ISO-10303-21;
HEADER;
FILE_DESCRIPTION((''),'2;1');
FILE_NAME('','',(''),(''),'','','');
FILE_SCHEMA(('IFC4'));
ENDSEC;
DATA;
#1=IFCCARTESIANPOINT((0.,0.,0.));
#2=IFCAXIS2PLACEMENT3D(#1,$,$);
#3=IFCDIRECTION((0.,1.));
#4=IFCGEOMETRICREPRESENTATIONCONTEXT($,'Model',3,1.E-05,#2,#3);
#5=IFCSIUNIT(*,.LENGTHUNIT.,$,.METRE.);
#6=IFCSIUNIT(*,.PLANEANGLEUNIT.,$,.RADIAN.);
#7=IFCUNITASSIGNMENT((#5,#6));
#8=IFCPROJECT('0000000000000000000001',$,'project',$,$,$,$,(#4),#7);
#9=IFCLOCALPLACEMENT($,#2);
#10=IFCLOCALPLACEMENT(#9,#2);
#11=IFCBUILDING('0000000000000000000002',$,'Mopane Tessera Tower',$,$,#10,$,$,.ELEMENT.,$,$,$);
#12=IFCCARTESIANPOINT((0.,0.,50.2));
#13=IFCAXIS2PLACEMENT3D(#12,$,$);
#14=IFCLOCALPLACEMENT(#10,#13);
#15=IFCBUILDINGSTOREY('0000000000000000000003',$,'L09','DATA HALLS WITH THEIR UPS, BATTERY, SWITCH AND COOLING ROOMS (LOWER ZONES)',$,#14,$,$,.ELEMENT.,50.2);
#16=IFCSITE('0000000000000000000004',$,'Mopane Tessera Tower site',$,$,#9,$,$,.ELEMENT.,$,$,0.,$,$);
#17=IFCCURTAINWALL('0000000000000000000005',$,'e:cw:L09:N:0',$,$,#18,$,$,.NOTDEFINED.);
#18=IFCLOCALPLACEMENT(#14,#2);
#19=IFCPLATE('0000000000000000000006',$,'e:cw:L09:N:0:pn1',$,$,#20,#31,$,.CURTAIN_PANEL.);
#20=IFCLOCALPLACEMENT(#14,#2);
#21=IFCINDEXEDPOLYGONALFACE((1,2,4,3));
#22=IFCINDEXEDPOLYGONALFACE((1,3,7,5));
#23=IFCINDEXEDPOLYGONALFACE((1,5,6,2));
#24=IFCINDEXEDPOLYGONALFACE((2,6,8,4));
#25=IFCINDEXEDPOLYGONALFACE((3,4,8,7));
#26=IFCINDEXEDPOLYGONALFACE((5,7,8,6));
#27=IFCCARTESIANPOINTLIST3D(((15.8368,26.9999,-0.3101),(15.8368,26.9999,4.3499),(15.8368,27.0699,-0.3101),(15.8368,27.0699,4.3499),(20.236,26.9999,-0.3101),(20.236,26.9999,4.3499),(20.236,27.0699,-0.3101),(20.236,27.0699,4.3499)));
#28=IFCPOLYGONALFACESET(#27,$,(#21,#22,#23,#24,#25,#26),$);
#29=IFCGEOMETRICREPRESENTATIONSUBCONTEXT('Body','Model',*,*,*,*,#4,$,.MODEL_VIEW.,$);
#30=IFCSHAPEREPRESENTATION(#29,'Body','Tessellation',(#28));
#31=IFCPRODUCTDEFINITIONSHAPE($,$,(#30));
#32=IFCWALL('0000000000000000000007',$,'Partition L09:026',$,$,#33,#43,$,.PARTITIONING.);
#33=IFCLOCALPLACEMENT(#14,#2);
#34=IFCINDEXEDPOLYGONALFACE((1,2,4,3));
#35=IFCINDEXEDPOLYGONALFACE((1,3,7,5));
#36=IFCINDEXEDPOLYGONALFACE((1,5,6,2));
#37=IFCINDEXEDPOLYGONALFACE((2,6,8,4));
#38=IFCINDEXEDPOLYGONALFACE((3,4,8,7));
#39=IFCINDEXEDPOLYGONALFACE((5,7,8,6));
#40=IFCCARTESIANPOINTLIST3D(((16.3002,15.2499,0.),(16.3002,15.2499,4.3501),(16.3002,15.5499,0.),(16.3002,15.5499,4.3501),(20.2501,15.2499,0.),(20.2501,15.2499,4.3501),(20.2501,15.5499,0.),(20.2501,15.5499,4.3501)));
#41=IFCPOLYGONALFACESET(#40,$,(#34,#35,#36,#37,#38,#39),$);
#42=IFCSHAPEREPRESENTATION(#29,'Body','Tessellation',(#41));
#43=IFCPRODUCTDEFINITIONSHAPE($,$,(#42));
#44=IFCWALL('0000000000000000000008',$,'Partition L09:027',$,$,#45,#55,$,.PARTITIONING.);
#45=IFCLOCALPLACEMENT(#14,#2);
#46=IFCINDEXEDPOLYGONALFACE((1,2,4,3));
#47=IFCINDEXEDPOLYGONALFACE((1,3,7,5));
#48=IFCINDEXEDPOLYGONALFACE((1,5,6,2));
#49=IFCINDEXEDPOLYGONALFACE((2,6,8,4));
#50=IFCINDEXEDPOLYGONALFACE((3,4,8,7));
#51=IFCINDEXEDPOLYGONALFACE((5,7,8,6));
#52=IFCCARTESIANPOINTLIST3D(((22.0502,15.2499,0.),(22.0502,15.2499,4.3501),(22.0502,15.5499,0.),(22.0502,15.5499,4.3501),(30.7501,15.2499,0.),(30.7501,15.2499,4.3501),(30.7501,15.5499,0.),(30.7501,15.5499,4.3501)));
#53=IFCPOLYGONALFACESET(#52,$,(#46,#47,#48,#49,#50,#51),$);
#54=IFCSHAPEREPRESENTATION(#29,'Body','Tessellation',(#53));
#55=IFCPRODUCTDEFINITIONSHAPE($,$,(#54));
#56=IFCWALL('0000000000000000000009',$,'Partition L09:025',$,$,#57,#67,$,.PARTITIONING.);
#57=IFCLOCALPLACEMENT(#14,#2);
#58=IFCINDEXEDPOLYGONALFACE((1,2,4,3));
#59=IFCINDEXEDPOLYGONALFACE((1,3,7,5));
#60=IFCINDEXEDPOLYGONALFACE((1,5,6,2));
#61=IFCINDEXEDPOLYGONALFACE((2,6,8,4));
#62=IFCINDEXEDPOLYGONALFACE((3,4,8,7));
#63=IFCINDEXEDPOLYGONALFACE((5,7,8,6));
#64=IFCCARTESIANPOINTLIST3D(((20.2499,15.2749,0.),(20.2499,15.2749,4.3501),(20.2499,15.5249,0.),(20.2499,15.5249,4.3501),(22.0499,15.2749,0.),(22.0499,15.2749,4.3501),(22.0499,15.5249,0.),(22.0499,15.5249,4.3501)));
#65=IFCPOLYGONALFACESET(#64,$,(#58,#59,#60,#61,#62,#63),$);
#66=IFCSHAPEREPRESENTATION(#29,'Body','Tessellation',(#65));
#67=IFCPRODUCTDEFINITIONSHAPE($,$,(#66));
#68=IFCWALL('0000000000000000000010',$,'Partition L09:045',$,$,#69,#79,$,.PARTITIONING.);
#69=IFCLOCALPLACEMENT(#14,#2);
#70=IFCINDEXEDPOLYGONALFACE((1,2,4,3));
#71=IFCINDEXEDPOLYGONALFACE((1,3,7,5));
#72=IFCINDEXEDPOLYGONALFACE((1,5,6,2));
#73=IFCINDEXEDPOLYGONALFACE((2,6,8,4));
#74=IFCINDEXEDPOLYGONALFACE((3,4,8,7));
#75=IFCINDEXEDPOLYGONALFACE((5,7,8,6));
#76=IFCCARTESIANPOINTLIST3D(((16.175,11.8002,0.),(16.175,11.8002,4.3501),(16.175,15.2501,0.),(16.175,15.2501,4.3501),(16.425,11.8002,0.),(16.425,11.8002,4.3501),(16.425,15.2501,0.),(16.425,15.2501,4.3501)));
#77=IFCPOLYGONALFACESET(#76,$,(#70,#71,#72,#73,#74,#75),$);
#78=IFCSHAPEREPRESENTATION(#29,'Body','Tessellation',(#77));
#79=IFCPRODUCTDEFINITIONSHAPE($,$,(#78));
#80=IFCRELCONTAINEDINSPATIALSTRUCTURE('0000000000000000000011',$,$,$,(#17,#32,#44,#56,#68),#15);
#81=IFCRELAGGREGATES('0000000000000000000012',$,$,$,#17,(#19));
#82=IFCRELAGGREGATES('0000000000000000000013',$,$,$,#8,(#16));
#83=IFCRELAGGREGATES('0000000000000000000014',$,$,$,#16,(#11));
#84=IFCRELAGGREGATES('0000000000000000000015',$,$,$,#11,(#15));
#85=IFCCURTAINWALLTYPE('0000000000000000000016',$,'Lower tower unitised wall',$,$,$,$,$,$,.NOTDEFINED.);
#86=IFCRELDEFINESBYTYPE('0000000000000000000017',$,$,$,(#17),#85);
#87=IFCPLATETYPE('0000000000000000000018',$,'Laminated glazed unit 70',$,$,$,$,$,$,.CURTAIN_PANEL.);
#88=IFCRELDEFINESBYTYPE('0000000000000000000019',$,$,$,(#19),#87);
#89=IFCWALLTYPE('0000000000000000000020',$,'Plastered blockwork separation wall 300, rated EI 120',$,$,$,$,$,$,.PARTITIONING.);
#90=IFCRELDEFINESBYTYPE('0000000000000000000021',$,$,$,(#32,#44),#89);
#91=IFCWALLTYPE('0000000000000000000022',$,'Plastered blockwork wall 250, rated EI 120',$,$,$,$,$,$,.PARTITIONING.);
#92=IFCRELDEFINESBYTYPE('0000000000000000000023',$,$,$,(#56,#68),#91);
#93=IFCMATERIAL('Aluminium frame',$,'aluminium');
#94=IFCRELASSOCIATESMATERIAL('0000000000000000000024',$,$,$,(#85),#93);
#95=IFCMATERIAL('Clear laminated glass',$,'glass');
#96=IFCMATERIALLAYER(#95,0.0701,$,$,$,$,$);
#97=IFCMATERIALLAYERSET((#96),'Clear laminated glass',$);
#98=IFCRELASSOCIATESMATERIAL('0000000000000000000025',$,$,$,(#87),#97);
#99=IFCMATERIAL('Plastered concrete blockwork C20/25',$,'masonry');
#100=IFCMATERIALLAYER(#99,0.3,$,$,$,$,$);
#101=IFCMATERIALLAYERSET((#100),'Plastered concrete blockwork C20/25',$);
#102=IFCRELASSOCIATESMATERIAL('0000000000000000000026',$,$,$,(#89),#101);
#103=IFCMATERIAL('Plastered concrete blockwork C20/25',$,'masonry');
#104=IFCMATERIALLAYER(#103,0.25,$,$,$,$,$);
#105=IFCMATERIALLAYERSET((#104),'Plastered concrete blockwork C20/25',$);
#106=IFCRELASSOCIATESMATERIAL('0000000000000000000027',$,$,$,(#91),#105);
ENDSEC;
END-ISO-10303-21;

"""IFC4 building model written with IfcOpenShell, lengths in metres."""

from ifc_helpers import new_model, si_unit, direction, frame, frame_2d, origin, origin_2d, place, context, subcontext, project, spatial, rectangle, extrude, material, layer, layer_set, type_object, element, aggregate, save


model = new_model("IFC4")

# Units and contexts
model_context = context("Model", 3, precision=1e-05, world=origin(), true_north=direction((0.0, 1.0)))
body_context = subcontext(model_context, "Body", "Model", "MODEL_VIEW")
ifc_project = project(units=[si_unit("LENGTHUNIT", "METRE"), si_unit("PLANEANGLEUNIT", "RADIAN")], contexts=[model_context])

# Site, building, storey
site_placement = place(None, origin())
site = spatial("IfcSite", under=ifc_project, at=site_placement, Name="Mopane Tessera Tower site", CompositionType="ELEMENT", RefElevation=0.0)
building_placement = place(site_placement, origin())
building = spatial("IfcBuilding", under=site, at=building_placement, Name="Mopane Tessera Tower", CompositionType="ELEMENT")
storey_placement = place(building_placement, frame((0.0, 0.0, 50.2)))
storey = spatial("IfcBuildingStorey", under=building, at=storey_placement, Name="L09", Description="DATA HALLS WITH THEIR UPS, BATTERY, SWITCH AND COOLING ROOMS (LOWER ZONES)", CompositionType="ELEMENT", Elevation=50.2)

# Curtain wall
ifc_material_1 = material(Name="Aluminium frame", Category="aluminium")
curtain_wall_type = type_object("IfcCurtainWallType", Name="Lower tower unitised wall", PredefinedType="NOTDEFINED", material=ifc_material_1)
curtain_wall_1_placement = place(storey_placement, origin())
curtain_wall_1 = element("IfcCurtainWall", 1, at=curtain_wall_1_placement, inside=storey, type_object=curtain_wall_type, Name="e:cw:L09:N:0", PredefinedType="NOTDEFINED")

# Plate
ifc_material_2 = material(Name="Clear laminated glass", Category="glass")
ifc_layer_1 = layer(ifc_material_2, 0.0701)
ifc_layer_set_1 = layer_set([ifc_layer_1], Name="Clear laminated glass")
plate_type = type_object("IfcPlateType", Name="Laminated glazed unit 70", PredefinedType="CURTAIN_PANEL", material=ifc_layer_set_1)
plate_1_placement = place(storey_placement, frame((18.0364, 27.0349, -0.3101), z_axis=(0.0, 0.0, 1.0), x_axis=(-1.0, 0.0, 0.0)))
plate_1 = element("IfcPlate", 2, at=plate_1_placement, type_object=plate_type, Name="e:cw:L09:N:0:pn1", PredefinedType="CURTAIN_PANEL", context=body_context, shape_type="SweptSolid", body=[
    extrude(rectangle(XDim=4.3992, YDim=0.0701, at=origin_2d()), origin(), (0.0, 0.0, 1.0), 4.6599),
])
aggregate(curtain_wall_1, [plate_1])

# Walls
ifc_material_3 = material(Name="Plastered concrete blockwork C20/25", Category="masonry")
ifc_layer_2 = layer(ifc_material_3, 0.3)
ifc_layer_set_2 = layer_set([ifc_layer_2], Name="Plastered concrete blockwork C20/25")
wall_type_1 = type_object("IfcWallType", Name="Plastered blockwork separation wall 300, rated EI 120", PredefinedType="PARTITIONING", material=ifc_layer_set_2)
wall_1_placement = place(storey_placement, frame((16.3, 15.3999, 0.0), z_axis=(0.0, 0.0, 1.0), x_axis=(1.0, 0.0, 0.0)))
element("IfcWall", 3, at=wall_1_placement, inside=storey, type_object=wall_type_1, Name="Partition L09:026", PredefinedType="PARTITIONING", context=body_context, shape_type="SweptSolid", body=[
    extrude(rectangle(XDim=3.95, YDim=0.3, at=frame_2d((1.9751, 0.0))), origin(), (0.0, 0.0, 1.0), 4.3501),
])
wall_2_placement = place(storey_placement, frame((22.05, 15.3999, 0.0), z_axis=(0.0, 0.0, 1.0), x_axis=(1.0, 0.0, 0.0)))
element("IfcWall", 4, at=wall_2_placement, inside=storey, type_object=wall_type_1, Name="Partition L09:027", PredefinedType="PARTITIONING", context=body_context, shape_type="SweptSolid", body=[
    extrude(rectangle(XDim=8.7, YDim=0.3, at=frame_2d((4.3501, 0.0))), origin(), (0.0, 0.0, 1.0), 4.3501),
])
ifc_material_4 = material(Name="Plastered concrete blockwork C20/25", Category="masonry")
ifc_layer_3 = layer(ifc_material_4, 0.25)
ifc_layer_set_3 = layer_set([ifc_layer_3], Name="Plastered concrete blockwork C20/25")
wall_type_2 = type_object("IfcWallType", Name="Plastered blockwork wall 250, rated EI 120", PredefinedType="PARTITIONING", material=ifc_layer_set_3)
wall_3_placement = place(storey_placement, frame((20.25, 15.3999, 0.0), z_axis=(0.0, 0.0, 1.0), x_axis=(1.0, 0.0, 0.0)))
element("IfcWall", 5, at=wall_3_placement, inside=storey, type_object=wall_type_2, Name="Partition L09:025", PredefinedType="PARTITIONING", context=body_context, shape_type="SweptSolid", body=[
    extrude(rectangle(XDim=1.8, YDim=0.25, at=frame_2d((0.8999, 0.0))), origin(), (0.0, 0.0, 1.0), 4.3501),
])
wall_4_placement = place(storey_placement, frame((16.3, 11.8, 0.0), z_axis=(0.0, 0.0, 1.0), x_axis=(0.0, 1.0, 0.0)))
element("IfcWall", 6, at=wall_4_placement, inside=storey, type_object=wall_type_2, Name="Partition L09:045", PredefinedType="PARTITIONING", context=body_context, shape_type="SweptSolid", body=[
    extrude(rectangle(XDim=3.45, YDim=0.25, at=frame_2d((1.7251, 0.0))), origin(), (0.0, 0.0, 1.0), 4.3501),
])

save(model, "model.ifc")
